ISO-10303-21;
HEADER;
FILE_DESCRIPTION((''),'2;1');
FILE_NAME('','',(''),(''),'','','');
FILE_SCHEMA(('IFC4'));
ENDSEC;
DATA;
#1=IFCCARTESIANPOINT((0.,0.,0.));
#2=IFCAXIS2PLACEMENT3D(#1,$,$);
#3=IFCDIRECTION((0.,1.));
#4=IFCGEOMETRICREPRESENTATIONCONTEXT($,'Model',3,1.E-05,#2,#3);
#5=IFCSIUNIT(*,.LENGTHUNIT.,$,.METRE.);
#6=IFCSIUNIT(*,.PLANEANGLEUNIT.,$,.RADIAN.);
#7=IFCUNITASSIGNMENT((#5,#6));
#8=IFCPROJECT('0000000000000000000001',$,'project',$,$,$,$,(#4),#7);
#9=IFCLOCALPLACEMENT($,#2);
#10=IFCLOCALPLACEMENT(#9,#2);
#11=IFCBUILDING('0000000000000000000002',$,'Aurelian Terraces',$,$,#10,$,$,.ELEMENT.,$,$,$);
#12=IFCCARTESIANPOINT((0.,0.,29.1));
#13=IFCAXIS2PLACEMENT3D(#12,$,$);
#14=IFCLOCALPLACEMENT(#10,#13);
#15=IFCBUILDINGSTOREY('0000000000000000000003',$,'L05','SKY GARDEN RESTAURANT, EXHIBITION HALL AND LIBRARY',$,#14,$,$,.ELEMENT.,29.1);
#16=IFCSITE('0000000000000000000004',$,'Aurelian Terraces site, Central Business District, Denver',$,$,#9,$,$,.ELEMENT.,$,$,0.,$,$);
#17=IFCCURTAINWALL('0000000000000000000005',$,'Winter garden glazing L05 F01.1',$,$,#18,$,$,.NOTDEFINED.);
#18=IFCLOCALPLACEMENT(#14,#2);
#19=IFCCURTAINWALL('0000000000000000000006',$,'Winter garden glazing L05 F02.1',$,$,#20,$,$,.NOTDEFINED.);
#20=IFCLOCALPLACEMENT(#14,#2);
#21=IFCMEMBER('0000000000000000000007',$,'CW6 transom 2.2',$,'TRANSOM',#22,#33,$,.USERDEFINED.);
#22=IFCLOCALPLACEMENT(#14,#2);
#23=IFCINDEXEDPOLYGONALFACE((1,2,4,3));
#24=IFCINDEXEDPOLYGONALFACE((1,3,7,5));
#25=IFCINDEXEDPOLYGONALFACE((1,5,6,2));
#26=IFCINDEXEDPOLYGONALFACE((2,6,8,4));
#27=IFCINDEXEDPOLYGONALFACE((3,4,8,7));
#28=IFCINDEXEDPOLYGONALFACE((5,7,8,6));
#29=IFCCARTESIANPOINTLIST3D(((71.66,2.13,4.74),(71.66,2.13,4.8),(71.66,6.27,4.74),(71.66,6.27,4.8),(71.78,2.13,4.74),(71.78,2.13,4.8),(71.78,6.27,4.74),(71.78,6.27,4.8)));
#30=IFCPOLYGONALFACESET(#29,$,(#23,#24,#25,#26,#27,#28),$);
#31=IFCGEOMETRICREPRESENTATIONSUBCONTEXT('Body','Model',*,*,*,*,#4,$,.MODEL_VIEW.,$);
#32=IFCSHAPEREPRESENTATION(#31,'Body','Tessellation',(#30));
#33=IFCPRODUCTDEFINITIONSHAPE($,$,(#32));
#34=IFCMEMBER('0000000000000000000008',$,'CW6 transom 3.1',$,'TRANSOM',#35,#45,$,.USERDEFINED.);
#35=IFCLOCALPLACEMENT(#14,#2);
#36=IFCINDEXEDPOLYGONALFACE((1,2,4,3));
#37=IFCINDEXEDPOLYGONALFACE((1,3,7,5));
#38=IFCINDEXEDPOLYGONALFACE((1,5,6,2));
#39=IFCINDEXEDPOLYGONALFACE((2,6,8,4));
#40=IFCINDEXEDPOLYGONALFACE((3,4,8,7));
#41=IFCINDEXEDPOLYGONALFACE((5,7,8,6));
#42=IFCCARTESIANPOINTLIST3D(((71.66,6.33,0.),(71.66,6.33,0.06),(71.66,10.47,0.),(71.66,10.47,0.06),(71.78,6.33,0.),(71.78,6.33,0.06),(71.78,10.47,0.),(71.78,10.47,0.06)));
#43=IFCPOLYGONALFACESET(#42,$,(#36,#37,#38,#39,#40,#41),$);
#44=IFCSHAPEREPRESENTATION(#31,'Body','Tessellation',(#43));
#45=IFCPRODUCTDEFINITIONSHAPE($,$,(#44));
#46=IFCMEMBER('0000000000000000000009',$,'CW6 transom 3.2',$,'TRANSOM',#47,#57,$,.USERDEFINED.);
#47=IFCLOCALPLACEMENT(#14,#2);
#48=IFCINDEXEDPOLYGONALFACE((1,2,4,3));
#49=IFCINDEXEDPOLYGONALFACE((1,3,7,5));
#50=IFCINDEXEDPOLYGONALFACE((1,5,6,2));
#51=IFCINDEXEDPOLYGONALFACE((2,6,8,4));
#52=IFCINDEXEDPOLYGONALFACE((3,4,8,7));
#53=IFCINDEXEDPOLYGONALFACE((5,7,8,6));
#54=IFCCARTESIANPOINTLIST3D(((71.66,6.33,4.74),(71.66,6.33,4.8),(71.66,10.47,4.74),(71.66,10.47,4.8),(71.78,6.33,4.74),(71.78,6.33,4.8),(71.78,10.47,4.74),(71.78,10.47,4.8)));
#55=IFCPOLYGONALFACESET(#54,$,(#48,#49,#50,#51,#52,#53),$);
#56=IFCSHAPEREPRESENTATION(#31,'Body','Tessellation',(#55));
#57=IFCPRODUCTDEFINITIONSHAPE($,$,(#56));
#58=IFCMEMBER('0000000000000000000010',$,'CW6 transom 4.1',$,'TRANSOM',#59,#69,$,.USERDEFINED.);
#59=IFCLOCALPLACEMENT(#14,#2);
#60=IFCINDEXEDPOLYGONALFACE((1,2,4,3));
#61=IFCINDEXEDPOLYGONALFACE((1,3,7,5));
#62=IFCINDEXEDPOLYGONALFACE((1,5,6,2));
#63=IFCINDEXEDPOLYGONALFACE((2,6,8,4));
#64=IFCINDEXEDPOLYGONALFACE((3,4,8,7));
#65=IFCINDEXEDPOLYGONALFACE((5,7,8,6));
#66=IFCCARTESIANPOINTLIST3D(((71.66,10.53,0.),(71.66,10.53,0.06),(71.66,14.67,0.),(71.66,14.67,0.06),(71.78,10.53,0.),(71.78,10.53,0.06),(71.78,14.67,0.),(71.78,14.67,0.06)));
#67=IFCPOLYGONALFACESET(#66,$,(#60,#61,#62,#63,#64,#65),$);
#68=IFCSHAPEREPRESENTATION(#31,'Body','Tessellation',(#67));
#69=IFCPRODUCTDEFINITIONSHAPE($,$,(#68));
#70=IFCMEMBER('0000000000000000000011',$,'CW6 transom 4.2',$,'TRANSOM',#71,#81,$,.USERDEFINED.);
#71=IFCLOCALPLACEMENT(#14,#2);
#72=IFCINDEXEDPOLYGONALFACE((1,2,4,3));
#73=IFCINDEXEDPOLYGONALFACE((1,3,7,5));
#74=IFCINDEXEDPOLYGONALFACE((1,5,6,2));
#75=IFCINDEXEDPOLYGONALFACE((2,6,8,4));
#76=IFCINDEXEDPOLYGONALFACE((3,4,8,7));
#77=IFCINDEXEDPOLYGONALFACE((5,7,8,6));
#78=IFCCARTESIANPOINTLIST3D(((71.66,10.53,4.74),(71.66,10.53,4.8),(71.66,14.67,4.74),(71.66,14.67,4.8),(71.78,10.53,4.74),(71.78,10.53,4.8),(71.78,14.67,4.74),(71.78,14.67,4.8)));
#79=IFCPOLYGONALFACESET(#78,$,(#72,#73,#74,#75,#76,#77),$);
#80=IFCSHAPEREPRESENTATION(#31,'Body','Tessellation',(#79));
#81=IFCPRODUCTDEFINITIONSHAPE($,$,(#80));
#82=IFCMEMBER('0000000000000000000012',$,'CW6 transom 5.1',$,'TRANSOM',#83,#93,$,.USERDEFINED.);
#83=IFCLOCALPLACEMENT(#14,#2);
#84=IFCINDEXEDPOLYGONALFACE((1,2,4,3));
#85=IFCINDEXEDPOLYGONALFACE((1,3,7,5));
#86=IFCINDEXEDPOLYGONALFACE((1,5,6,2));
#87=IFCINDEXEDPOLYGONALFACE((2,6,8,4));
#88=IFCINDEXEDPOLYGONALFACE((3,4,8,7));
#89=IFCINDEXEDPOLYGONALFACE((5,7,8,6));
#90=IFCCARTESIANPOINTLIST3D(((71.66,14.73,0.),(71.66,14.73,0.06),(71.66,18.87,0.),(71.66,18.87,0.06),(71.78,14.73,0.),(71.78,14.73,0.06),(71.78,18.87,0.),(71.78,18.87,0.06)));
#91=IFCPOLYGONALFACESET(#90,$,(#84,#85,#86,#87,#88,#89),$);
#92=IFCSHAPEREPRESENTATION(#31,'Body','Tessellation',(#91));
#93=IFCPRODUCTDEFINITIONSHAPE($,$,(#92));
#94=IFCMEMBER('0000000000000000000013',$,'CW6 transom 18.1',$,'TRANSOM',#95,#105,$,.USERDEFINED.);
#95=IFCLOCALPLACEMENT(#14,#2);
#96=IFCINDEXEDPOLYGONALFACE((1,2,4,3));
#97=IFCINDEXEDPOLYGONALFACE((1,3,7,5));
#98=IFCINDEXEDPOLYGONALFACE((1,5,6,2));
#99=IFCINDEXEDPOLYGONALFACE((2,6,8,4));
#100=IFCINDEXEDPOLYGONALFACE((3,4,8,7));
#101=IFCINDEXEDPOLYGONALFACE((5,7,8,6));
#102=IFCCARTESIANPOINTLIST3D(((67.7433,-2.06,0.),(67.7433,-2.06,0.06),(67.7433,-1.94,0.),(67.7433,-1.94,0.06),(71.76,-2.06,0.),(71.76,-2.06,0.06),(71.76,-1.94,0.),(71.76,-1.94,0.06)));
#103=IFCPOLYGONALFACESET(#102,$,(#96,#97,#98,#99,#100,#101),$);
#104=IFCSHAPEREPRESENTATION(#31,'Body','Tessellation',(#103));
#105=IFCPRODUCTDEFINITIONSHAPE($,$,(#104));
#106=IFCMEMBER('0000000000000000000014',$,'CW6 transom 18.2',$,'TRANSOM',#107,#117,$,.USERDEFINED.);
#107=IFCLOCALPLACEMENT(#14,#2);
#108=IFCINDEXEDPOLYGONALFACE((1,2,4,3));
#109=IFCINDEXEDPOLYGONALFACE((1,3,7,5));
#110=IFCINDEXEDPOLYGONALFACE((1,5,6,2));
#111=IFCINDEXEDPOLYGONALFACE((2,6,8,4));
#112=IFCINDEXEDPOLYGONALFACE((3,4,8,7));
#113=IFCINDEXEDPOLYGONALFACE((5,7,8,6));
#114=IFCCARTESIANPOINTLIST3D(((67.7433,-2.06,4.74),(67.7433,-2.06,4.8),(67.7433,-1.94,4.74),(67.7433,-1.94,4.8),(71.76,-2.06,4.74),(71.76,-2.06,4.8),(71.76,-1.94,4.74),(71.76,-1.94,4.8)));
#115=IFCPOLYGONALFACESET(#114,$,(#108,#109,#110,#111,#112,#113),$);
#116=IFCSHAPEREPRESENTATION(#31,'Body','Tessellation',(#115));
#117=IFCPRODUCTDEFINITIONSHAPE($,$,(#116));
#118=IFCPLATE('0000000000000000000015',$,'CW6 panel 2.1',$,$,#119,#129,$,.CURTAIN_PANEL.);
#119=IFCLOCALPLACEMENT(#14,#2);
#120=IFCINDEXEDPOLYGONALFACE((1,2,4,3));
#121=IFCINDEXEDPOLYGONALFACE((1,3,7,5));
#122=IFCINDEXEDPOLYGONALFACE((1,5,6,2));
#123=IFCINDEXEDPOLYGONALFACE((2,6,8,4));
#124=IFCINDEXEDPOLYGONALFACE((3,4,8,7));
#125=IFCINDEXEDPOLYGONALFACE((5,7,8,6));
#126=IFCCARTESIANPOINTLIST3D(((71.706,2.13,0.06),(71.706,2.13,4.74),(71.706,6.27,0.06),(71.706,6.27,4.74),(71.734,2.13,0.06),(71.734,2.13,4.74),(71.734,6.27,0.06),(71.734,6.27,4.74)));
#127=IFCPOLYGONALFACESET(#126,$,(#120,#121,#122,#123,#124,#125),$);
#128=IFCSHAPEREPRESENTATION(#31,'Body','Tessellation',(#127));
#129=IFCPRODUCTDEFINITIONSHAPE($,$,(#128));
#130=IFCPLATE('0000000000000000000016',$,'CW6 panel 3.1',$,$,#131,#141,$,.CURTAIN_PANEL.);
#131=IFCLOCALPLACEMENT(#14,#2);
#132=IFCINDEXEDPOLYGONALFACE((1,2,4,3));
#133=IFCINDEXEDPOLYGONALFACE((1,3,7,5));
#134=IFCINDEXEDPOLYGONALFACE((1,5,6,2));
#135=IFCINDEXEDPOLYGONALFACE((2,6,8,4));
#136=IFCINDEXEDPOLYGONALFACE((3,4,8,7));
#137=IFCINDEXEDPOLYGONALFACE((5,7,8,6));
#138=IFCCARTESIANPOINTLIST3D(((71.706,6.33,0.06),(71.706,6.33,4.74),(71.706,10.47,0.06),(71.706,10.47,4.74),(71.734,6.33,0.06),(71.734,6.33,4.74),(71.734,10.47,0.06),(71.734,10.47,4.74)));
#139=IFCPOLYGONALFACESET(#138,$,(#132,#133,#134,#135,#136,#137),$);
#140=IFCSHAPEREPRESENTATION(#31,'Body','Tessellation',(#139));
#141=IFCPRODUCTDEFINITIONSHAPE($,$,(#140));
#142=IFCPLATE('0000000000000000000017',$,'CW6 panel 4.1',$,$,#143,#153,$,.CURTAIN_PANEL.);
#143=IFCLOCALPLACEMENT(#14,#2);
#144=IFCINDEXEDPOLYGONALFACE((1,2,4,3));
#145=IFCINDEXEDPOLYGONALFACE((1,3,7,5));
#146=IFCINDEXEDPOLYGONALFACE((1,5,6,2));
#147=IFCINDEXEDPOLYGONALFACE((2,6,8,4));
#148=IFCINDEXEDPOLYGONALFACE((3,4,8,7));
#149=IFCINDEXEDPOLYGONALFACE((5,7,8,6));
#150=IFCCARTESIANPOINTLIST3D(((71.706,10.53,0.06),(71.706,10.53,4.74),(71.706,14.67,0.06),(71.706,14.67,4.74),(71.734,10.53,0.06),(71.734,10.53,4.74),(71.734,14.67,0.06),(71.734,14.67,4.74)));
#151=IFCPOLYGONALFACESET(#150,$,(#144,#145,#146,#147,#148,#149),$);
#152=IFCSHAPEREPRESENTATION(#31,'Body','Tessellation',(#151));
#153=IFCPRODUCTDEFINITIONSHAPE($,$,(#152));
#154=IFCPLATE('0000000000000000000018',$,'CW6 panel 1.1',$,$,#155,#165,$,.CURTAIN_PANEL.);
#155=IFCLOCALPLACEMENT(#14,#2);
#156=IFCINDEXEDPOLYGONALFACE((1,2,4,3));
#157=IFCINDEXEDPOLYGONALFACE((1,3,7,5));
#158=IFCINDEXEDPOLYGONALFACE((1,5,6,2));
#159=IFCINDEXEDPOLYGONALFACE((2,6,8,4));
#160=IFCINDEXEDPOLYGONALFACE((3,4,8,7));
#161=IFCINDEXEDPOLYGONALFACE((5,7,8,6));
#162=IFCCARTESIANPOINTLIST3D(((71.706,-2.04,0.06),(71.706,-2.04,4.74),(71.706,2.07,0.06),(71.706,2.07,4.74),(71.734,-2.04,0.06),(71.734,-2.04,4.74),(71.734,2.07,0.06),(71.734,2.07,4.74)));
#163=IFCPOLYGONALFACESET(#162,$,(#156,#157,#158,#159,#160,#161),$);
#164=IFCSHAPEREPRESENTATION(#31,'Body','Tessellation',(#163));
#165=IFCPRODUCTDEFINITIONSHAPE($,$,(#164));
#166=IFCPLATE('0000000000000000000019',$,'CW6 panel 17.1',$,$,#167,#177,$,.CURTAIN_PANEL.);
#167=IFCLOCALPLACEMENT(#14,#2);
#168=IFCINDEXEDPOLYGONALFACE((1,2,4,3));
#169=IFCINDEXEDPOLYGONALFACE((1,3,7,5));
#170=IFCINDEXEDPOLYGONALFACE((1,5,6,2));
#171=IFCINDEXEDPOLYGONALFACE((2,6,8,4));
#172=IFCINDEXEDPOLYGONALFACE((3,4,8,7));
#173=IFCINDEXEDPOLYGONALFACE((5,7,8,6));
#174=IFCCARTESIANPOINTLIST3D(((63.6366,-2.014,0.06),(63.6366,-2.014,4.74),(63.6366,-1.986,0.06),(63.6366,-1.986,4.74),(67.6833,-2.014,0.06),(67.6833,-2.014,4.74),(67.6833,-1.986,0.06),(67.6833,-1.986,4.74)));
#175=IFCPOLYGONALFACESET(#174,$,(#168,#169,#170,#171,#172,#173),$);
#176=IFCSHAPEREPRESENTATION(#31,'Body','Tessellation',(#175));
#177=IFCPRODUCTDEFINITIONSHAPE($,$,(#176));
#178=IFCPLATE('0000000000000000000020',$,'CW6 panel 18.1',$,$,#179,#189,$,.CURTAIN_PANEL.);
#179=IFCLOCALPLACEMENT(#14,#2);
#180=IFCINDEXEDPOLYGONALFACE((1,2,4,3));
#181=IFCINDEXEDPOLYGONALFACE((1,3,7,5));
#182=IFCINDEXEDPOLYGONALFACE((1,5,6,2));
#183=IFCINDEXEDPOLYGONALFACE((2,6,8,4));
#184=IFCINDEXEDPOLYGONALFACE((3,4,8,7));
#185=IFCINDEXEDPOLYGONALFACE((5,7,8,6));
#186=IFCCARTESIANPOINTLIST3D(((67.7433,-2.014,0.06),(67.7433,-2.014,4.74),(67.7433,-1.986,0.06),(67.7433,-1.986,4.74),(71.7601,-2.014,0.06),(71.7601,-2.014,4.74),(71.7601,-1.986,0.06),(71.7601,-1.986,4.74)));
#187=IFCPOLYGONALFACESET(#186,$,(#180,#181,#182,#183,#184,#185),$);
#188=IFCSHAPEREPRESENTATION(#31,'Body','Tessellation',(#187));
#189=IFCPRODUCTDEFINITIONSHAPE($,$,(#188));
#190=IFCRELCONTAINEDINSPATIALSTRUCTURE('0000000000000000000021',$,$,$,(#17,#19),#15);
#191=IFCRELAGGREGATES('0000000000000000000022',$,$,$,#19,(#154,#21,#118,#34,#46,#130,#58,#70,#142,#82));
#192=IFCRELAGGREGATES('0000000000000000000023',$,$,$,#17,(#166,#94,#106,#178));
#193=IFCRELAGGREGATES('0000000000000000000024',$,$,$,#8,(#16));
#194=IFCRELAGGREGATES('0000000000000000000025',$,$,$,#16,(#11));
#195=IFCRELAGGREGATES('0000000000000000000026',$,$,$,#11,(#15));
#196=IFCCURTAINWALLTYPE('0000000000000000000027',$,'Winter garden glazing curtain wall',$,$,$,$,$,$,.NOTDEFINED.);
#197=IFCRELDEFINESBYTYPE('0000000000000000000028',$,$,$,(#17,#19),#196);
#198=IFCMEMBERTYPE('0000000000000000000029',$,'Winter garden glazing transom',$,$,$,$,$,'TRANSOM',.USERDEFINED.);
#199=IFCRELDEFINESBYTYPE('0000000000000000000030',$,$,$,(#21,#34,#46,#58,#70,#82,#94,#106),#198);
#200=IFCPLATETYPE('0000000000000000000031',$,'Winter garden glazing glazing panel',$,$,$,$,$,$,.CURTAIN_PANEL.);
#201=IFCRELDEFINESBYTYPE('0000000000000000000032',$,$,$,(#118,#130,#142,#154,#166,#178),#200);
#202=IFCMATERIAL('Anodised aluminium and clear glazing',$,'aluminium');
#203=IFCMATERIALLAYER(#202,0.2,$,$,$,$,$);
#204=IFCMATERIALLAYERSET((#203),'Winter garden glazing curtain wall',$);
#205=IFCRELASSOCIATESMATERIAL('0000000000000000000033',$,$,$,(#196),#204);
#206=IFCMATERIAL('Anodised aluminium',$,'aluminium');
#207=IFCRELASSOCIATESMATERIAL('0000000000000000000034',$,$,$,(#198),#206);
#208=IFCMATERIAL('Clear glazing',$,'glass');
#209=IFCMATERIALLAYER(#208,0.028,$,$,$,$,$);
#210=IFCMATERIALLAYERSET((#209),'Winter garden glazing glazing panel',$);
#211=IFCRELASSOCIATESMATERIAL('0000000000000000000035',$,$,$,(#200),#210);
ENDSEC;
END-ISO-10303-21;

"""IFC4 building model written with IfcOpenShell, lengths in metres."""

from ifc_helpers import new_model, si_unit, direction, frame, origin, origin_2d, place, context, subcontext, project, spatial, rectangle, extrude, source, transform, mapped, material, layer, layer_set, material_profile, profile_set, type_object, element, aggregate, save


model = new_model("IFC4")

# Units and contexts
model_context = context("Model", 3, precision=1e-05, world=origin(), true_north=direction((0.0, 1.0)))
body_context = subcontext(model_context, "Body", "Model", "MODEL_VIEW")
ifc_project = project(units=[si_unit("LENGTHUNIT", "METRE"), si_unit("PLANEANGLEUNIT", "RADIAN")], contexts=[model_context])

# Site, building, storey
site_placement = place(None, origin())
site = spatial("IfcSite", under=ifc_project, at=site_placement, Name="Aurelian Terraces site, Central Business District, Denver", CompositionType="ELEMENT", RefElevation=0.0)
building_placement = place(site_placement, origin())
building = spatial("IfcBuilding", under=site, at=building_placement, Name="Aurelian Terraces", CompositionType="ELEMENT")
storey_placement = place(building_placement, frame((0.0, 0.0, 29.1)))
storey = spatial("IfcBuildingStorey", under=building, at=storey_placement, Name="L05", Description="SKY GARDEN RESTAURANT, EXHIBITION HALL AND LIBRARY", CompositionType="ELEMENT", Elevation=29.1)

# Curtain walls, members
ifc_material_1 = material(Name="Anodised aluminium and clear glazing", Category="aluminium")
ifc_layer_1 = layer(ifc_material_1, 0.2)
ifc_layer_set_1 = layer_set([ifc_layer_1], Name="Winter garden glazing curtain wall")
curtain_wall_type = type_object("IfcCurtainWallType", Name="Winter garden glazing curtain wall", PredefinedType="NOTDEFINED", material=ifc_layer_set_1)
curtain_wall_1_placement = place(storey_placement, origin())
curtain_wall_1 = element("IfcCurtainWall", 1, at=curtain_wall_1_placement, inside=storey, type_object=curtain_wall_type, Name="Winter garden glazing L05 F01.1", PredefinedType="NOTDEFINED")
ifc_material_2 = material(Name="Anodised aluminium", Category="aluminium")
curtain_wall_2_placement = place(storey_placement, origin())
curtain_wall_2 = element("IfcCurtainWall", 2, at=curtain_wall_2_placement, inside=storey, type_object=curtain_wall_type, Name="Winter garden glazing L05 F02.1", PredefinedType="NOTDEFINED")
ifc_material_profile_1 = material_profile(ifc_material_2, rectangle(XDim=0.12, YDim=0.06, at=origin_2d()))
ifc_profile_set_1 = profile_set([ifc_material_profile_1], Name="Anodised aluminium")
member_type_1 = type_object("IfcMemberType", Name="Winter garden glazing transom", ElementType="TRANSOM", PredefinedType="USERDEFINED", material=ifc_profile_set_1)
shared_shape_1 = source(origin(), body_context, "Body", "SweptSolid", [
    extrude(rectangle(XDim=0.12, YDim=0.06, at=origin_2d()), origin(), (0.0, 0.0, 1.0), 4.14),
])
member_1_placement = place(storey_placement, frame((71.72, 2.13, 4.77), z_axis=(0.0, 1.0, 0.0), x_axis=(-1.0, 0.0, 0.0)))
member_1 = element("IfcMember", 3, at=member_1_placement, type_object=member_type_1, Name="CW6 transom 2.2", ObjectType="TRANSOM", PredefinedType="USERDEFINED", context=body_context, shape_type="MappedRepresentation", body=[
    mapped(shared_shape_1, transform((0.0, 0.0, 0.0), scale=1.0)),
])
member_2_placement = place(storey_placement, frame((71.72, 6.33, 0.03), z_axis=(0.0, 1.0, 0.0), x_axis=(-1.0, 0.0, 0.0)))
member_2 = element("IfcMember", 4, at=member_2_placement, type_object=member_type_1, Name="CW6 transom 3.1", ObjectType="TRANSOM", PredefinedType="USERDEFINED", context=body_context, shape_type="MappedRepresentation", body=[
    mapped(shared_shape_1, transform((0.0, 0.0, 0.0), scale=1.0)),
])
member_3_placement = place(storey_placement, frame((71.72, 6.33, 4.77), z_axis=(0.0, 1.0, 0.0), x_axis=(-1.0, 0.0, 0.0)))
member_3 = element("IfcMember", 5, at=member_3_placement, type_object=member_type_1, Name="CW6 transom 3.2", ObjectType="TRANSOM", PredefinedType="USERDEFINED", context=body_context, shape_type="MappedRepresentation", body=[
    mapped(shared_shape_1, transform((0.0, 0.0, 0.0), scale=1.0)),
])
member_4_placement = place(storey_placement, frame((71.72, 10.53, 0.03), z_axis=(0.0, 1.0, 0.0), x_axis=(-1.0, 0.0, 0.0)))
member_4 = element("IfcMember", 6, at=member_4_placement, type_object=member_type_1, Name="CW6 transom 4.1", ObjectType="TRANSOM", PredefinedType="USERDEFINED", context=body_context, shape_type="MappedRepresentation", body=[
    mapped(shared_shape_1, transform((0.0, 0.0, 0.0), scale=1.0)),
])
member_5_placement = place(storey_placement, frame((71.72, 10.53, 4.77), z_axis=(0.0, 1.0, 0.0), x_axis=(-1.0, 0.0, 0.0)))
member_5 = element("IfcMember", 7, at=member_5_placement, type_object=member_type_1, Name="CW6 transom 4.2", ObjectType="TRANSOM", PredefinedType="USERDEFINED", context=body_context, shape_type="MappedRepresentation", body=[
    mapped(shared_shape_1, transform((0.0, 0.0, 0.0), scale=1.0)),
])
member_6_placement = place(storey_placement, frame((71.72, 14.73, 0.03), z_axis=(0.0, 1.0, 0.0), x_axis=(-1.0, 0.0, 0.0)))
member_6 = element("IfcMember", 8, at=member_6_placement, type_object=member_type_1, Name="CW6 transom 5.1", ObjectType="TRANSOM", PredefinedType="USERDEFINED", context=body_context, shape_type="MappedRepresentation", body=[
    mapped(shared_shape_1, transform((0.0, 0.0, 0.0), scale=1.0)),
])

# Members
shared_shape_2 = source(origin(), body_context, "Body", "SweptSolid", [
    extrude(rectangle(XDim=0.12, YDim=0.06, at=origin_2d()), origin(), (0.0, 0.0, 1.0), 4.0167),
])
member_7_placement = place(storey_placement, frame((67.7433, -2.0, 0.03), z_axis=(1.0, 0.0, 0.0), x_axis=(0.0, 1.0, 0.0)))
member_7 = element("IfcMember", 9, at=member_7_placement, type_object=member_type_1, Name="CW6 transom 18.1", ObjectType="TRANSOM", PredefinedType="USERDEFINED", context=body_context, shape_type="MappedRepresentation", body=[
    mapped(shared_shape_2, transform((0.0, 0.0, 0.0), scale=1.0)),
])
member_8_placement = place(storey_placement, frame((67.7433, -2.0, 4.77), z_axis=(1.0, 0.0, 0.0), x_axis=(0.0, 1.0, 0.0)))
member_8 = element("IfcMember", 10, at=member_8_placement, type_object=member_type_1, Name="CW6 transom 18.2", ObjectType="TRANSOM", PredefinedType="USERDEFINED", context=body_context, shape_type="MappedRepresentation", body=[
    mapped(shared_shape_2, transform((0.0, 0.0, 0.0), scale=1.0)),
])

# Plates
ifc_material_3 = material(Name="Clear glazing", Category="glass")
ifc_layer_2 = layer(ifc_material_3, 0.028)
ifc_layer_set_2 = layer_set([ifc_layer_2], Name="Winter garden glazing glazing panel")
plate_type = type_object("IfcPlateType", Name="Winter garden glazing glazing panel", PredefinedType="CURTAIN_PANEL", material=ifc_layer_set_2)
shared_shape_3 = source(origin(), body_context, "Body", "SweptSolid", [
    extrude(rectangle(XDim=4.14, YDim=0.028, at=origin_2d()), origin(), (0.0, 0.0, 1.0), 4.68),
])
plate_1_placement = place(storey_placement, frame((71.72, 4.2, 0.06), z_axis=(0.0, 0.0, 1.0), x_axis=(0.0, 1.0, 0.0)))
plate_1 = element("IfcPlate", 11, at=plate_1_placement, type_object=plate_type, Name="CW6 panel 2.1", PredefinedType="CURTAIN_PANEL", context=body_context, shape_type="MappedRepresentation", body=[
    mapped(shared_shape_3, transform((0.0, 0.0, 0.0), scale=1.0)),
])
plate_2_placement = place(storey_placement, frame((71.72, 8.4, 0.06), z_axis=(0.0, 0.0, 1.0), x_axis=(0.0, 1.0, 0.0)))
plate_2 = element("IfcPlate", 12, at=plate_2_placement, type_object=plate_type, Name="CW6 panel 3.1", PredefinedType="CURTAIN_PANEL", context=body_context, shape_type="MappedRepresentation", body=[
    mapped(shared_shape_3, transform((0.0, 0.0, 0.0), scale=1.0)),
])
plate_3_placement = place(storey_placement, frame((71.72, 12.6, 0.06), z_axis=(0.0, 0.0, 1.0), x_axis=(0.0, 1.0, 0.0)))
plate_3 = element("IfcPlate", 13, at=plate_3_placement, type_object=plate_type, Name="CW6 panel 4.1", PredefinedType="CURTAIN_PANEL", context=body_context, shape_type="MappedRepresentation", body=[
    mapped(shared_shape_3, transform((0.0, 0.0, 0.0), scale=1.0)),
])
shared_shape_4 = source(origin(), body_context, "Body", "SweptSolid", [
    extrude(rectangle(XDim=4.11, YDim=0.028, at=origin_2d()), origin(), (0.0, 0.0, 1.0), 4.68),
])
plate_4_placement = place(storey_placement, frame((71.72, 0.015, 0.06), z_axis=(0.0, 0.0, 1.0), x_axis=(0.0, 1.0, 0.0)))
plate_4 = element("IfcPlate", 14, at=plate_4_placement, type_object=plate_type, Name="CW6 panel 1.1", PredefinedType="CURTAIN_PANEL", context=body_context, shape_type="MappedRepresentation", body=[
    mapped(shared_shape_4, transform((0.0, 0.0, 0.0), scale=1.0)),
])
aggregate(curtain_wall_2, [plate_4, member_1, plate_1, member_2, member_3, plate_2, member_4, member_5, plate_3, member_6])
shared_shape_5 = source(origin(), body_context, "Body", "SweptSolid", [
    extrude(rectangle(XDim=4.0467, YDim=0.028, at=origin_2d()), origin(), (0.0, 0.0, 1.0), 4.68),
])
plate_5_placement = place(storey_placement, frame((65.66, -2.0, 0.06), z_axis=(0.0, 0.0, 1.0), x_axis=(1.0, 0.0, 0.0)))
plate_5 = element("IfcPlate", 15, at=plate_5_placement, type_object=plate_type, Name="CW6 panel 17.1", PredefinedType="CURTAIN_PANEL", context=body_context, shape_type="MappedRepresentation", body=[
    mapped(shared_shape_5, transform((0.0, 0.0, 0.0), scale=1.0)),
])
shared_shape_6 = source(origin(), body_context, "Body", "SweptSolid", [
    extrude(rectangle(XDim=4.0167, YDim=0.028, at=origin_2d()), origin(), (0.0, 0.0, 1.0), 4.68),
])
plate_6_placement = place(storey_placement, frame((69.7517, -2.0, 0.06), z_axis=(0.0, 0.0, 1.0), x_axis=(1.0, 0.0, 0.0)))
plate_6 = element("IfcPlate", 16, at=plate_6_placement, type_object=plate_type, Name="CW6 panel 18.1", PredefinedType="CURTAIN_PANEL", context=body_context, shape_type="MappedRepresentation", body=[
    mapped(shared_shape_6, transform((0.0, 0.0, 0.0), scale=1.0)),
])
aggregate(curtain_wall_1, [plate_5, member_7, member_8, plate_6])

save(model, "model.ifc")
